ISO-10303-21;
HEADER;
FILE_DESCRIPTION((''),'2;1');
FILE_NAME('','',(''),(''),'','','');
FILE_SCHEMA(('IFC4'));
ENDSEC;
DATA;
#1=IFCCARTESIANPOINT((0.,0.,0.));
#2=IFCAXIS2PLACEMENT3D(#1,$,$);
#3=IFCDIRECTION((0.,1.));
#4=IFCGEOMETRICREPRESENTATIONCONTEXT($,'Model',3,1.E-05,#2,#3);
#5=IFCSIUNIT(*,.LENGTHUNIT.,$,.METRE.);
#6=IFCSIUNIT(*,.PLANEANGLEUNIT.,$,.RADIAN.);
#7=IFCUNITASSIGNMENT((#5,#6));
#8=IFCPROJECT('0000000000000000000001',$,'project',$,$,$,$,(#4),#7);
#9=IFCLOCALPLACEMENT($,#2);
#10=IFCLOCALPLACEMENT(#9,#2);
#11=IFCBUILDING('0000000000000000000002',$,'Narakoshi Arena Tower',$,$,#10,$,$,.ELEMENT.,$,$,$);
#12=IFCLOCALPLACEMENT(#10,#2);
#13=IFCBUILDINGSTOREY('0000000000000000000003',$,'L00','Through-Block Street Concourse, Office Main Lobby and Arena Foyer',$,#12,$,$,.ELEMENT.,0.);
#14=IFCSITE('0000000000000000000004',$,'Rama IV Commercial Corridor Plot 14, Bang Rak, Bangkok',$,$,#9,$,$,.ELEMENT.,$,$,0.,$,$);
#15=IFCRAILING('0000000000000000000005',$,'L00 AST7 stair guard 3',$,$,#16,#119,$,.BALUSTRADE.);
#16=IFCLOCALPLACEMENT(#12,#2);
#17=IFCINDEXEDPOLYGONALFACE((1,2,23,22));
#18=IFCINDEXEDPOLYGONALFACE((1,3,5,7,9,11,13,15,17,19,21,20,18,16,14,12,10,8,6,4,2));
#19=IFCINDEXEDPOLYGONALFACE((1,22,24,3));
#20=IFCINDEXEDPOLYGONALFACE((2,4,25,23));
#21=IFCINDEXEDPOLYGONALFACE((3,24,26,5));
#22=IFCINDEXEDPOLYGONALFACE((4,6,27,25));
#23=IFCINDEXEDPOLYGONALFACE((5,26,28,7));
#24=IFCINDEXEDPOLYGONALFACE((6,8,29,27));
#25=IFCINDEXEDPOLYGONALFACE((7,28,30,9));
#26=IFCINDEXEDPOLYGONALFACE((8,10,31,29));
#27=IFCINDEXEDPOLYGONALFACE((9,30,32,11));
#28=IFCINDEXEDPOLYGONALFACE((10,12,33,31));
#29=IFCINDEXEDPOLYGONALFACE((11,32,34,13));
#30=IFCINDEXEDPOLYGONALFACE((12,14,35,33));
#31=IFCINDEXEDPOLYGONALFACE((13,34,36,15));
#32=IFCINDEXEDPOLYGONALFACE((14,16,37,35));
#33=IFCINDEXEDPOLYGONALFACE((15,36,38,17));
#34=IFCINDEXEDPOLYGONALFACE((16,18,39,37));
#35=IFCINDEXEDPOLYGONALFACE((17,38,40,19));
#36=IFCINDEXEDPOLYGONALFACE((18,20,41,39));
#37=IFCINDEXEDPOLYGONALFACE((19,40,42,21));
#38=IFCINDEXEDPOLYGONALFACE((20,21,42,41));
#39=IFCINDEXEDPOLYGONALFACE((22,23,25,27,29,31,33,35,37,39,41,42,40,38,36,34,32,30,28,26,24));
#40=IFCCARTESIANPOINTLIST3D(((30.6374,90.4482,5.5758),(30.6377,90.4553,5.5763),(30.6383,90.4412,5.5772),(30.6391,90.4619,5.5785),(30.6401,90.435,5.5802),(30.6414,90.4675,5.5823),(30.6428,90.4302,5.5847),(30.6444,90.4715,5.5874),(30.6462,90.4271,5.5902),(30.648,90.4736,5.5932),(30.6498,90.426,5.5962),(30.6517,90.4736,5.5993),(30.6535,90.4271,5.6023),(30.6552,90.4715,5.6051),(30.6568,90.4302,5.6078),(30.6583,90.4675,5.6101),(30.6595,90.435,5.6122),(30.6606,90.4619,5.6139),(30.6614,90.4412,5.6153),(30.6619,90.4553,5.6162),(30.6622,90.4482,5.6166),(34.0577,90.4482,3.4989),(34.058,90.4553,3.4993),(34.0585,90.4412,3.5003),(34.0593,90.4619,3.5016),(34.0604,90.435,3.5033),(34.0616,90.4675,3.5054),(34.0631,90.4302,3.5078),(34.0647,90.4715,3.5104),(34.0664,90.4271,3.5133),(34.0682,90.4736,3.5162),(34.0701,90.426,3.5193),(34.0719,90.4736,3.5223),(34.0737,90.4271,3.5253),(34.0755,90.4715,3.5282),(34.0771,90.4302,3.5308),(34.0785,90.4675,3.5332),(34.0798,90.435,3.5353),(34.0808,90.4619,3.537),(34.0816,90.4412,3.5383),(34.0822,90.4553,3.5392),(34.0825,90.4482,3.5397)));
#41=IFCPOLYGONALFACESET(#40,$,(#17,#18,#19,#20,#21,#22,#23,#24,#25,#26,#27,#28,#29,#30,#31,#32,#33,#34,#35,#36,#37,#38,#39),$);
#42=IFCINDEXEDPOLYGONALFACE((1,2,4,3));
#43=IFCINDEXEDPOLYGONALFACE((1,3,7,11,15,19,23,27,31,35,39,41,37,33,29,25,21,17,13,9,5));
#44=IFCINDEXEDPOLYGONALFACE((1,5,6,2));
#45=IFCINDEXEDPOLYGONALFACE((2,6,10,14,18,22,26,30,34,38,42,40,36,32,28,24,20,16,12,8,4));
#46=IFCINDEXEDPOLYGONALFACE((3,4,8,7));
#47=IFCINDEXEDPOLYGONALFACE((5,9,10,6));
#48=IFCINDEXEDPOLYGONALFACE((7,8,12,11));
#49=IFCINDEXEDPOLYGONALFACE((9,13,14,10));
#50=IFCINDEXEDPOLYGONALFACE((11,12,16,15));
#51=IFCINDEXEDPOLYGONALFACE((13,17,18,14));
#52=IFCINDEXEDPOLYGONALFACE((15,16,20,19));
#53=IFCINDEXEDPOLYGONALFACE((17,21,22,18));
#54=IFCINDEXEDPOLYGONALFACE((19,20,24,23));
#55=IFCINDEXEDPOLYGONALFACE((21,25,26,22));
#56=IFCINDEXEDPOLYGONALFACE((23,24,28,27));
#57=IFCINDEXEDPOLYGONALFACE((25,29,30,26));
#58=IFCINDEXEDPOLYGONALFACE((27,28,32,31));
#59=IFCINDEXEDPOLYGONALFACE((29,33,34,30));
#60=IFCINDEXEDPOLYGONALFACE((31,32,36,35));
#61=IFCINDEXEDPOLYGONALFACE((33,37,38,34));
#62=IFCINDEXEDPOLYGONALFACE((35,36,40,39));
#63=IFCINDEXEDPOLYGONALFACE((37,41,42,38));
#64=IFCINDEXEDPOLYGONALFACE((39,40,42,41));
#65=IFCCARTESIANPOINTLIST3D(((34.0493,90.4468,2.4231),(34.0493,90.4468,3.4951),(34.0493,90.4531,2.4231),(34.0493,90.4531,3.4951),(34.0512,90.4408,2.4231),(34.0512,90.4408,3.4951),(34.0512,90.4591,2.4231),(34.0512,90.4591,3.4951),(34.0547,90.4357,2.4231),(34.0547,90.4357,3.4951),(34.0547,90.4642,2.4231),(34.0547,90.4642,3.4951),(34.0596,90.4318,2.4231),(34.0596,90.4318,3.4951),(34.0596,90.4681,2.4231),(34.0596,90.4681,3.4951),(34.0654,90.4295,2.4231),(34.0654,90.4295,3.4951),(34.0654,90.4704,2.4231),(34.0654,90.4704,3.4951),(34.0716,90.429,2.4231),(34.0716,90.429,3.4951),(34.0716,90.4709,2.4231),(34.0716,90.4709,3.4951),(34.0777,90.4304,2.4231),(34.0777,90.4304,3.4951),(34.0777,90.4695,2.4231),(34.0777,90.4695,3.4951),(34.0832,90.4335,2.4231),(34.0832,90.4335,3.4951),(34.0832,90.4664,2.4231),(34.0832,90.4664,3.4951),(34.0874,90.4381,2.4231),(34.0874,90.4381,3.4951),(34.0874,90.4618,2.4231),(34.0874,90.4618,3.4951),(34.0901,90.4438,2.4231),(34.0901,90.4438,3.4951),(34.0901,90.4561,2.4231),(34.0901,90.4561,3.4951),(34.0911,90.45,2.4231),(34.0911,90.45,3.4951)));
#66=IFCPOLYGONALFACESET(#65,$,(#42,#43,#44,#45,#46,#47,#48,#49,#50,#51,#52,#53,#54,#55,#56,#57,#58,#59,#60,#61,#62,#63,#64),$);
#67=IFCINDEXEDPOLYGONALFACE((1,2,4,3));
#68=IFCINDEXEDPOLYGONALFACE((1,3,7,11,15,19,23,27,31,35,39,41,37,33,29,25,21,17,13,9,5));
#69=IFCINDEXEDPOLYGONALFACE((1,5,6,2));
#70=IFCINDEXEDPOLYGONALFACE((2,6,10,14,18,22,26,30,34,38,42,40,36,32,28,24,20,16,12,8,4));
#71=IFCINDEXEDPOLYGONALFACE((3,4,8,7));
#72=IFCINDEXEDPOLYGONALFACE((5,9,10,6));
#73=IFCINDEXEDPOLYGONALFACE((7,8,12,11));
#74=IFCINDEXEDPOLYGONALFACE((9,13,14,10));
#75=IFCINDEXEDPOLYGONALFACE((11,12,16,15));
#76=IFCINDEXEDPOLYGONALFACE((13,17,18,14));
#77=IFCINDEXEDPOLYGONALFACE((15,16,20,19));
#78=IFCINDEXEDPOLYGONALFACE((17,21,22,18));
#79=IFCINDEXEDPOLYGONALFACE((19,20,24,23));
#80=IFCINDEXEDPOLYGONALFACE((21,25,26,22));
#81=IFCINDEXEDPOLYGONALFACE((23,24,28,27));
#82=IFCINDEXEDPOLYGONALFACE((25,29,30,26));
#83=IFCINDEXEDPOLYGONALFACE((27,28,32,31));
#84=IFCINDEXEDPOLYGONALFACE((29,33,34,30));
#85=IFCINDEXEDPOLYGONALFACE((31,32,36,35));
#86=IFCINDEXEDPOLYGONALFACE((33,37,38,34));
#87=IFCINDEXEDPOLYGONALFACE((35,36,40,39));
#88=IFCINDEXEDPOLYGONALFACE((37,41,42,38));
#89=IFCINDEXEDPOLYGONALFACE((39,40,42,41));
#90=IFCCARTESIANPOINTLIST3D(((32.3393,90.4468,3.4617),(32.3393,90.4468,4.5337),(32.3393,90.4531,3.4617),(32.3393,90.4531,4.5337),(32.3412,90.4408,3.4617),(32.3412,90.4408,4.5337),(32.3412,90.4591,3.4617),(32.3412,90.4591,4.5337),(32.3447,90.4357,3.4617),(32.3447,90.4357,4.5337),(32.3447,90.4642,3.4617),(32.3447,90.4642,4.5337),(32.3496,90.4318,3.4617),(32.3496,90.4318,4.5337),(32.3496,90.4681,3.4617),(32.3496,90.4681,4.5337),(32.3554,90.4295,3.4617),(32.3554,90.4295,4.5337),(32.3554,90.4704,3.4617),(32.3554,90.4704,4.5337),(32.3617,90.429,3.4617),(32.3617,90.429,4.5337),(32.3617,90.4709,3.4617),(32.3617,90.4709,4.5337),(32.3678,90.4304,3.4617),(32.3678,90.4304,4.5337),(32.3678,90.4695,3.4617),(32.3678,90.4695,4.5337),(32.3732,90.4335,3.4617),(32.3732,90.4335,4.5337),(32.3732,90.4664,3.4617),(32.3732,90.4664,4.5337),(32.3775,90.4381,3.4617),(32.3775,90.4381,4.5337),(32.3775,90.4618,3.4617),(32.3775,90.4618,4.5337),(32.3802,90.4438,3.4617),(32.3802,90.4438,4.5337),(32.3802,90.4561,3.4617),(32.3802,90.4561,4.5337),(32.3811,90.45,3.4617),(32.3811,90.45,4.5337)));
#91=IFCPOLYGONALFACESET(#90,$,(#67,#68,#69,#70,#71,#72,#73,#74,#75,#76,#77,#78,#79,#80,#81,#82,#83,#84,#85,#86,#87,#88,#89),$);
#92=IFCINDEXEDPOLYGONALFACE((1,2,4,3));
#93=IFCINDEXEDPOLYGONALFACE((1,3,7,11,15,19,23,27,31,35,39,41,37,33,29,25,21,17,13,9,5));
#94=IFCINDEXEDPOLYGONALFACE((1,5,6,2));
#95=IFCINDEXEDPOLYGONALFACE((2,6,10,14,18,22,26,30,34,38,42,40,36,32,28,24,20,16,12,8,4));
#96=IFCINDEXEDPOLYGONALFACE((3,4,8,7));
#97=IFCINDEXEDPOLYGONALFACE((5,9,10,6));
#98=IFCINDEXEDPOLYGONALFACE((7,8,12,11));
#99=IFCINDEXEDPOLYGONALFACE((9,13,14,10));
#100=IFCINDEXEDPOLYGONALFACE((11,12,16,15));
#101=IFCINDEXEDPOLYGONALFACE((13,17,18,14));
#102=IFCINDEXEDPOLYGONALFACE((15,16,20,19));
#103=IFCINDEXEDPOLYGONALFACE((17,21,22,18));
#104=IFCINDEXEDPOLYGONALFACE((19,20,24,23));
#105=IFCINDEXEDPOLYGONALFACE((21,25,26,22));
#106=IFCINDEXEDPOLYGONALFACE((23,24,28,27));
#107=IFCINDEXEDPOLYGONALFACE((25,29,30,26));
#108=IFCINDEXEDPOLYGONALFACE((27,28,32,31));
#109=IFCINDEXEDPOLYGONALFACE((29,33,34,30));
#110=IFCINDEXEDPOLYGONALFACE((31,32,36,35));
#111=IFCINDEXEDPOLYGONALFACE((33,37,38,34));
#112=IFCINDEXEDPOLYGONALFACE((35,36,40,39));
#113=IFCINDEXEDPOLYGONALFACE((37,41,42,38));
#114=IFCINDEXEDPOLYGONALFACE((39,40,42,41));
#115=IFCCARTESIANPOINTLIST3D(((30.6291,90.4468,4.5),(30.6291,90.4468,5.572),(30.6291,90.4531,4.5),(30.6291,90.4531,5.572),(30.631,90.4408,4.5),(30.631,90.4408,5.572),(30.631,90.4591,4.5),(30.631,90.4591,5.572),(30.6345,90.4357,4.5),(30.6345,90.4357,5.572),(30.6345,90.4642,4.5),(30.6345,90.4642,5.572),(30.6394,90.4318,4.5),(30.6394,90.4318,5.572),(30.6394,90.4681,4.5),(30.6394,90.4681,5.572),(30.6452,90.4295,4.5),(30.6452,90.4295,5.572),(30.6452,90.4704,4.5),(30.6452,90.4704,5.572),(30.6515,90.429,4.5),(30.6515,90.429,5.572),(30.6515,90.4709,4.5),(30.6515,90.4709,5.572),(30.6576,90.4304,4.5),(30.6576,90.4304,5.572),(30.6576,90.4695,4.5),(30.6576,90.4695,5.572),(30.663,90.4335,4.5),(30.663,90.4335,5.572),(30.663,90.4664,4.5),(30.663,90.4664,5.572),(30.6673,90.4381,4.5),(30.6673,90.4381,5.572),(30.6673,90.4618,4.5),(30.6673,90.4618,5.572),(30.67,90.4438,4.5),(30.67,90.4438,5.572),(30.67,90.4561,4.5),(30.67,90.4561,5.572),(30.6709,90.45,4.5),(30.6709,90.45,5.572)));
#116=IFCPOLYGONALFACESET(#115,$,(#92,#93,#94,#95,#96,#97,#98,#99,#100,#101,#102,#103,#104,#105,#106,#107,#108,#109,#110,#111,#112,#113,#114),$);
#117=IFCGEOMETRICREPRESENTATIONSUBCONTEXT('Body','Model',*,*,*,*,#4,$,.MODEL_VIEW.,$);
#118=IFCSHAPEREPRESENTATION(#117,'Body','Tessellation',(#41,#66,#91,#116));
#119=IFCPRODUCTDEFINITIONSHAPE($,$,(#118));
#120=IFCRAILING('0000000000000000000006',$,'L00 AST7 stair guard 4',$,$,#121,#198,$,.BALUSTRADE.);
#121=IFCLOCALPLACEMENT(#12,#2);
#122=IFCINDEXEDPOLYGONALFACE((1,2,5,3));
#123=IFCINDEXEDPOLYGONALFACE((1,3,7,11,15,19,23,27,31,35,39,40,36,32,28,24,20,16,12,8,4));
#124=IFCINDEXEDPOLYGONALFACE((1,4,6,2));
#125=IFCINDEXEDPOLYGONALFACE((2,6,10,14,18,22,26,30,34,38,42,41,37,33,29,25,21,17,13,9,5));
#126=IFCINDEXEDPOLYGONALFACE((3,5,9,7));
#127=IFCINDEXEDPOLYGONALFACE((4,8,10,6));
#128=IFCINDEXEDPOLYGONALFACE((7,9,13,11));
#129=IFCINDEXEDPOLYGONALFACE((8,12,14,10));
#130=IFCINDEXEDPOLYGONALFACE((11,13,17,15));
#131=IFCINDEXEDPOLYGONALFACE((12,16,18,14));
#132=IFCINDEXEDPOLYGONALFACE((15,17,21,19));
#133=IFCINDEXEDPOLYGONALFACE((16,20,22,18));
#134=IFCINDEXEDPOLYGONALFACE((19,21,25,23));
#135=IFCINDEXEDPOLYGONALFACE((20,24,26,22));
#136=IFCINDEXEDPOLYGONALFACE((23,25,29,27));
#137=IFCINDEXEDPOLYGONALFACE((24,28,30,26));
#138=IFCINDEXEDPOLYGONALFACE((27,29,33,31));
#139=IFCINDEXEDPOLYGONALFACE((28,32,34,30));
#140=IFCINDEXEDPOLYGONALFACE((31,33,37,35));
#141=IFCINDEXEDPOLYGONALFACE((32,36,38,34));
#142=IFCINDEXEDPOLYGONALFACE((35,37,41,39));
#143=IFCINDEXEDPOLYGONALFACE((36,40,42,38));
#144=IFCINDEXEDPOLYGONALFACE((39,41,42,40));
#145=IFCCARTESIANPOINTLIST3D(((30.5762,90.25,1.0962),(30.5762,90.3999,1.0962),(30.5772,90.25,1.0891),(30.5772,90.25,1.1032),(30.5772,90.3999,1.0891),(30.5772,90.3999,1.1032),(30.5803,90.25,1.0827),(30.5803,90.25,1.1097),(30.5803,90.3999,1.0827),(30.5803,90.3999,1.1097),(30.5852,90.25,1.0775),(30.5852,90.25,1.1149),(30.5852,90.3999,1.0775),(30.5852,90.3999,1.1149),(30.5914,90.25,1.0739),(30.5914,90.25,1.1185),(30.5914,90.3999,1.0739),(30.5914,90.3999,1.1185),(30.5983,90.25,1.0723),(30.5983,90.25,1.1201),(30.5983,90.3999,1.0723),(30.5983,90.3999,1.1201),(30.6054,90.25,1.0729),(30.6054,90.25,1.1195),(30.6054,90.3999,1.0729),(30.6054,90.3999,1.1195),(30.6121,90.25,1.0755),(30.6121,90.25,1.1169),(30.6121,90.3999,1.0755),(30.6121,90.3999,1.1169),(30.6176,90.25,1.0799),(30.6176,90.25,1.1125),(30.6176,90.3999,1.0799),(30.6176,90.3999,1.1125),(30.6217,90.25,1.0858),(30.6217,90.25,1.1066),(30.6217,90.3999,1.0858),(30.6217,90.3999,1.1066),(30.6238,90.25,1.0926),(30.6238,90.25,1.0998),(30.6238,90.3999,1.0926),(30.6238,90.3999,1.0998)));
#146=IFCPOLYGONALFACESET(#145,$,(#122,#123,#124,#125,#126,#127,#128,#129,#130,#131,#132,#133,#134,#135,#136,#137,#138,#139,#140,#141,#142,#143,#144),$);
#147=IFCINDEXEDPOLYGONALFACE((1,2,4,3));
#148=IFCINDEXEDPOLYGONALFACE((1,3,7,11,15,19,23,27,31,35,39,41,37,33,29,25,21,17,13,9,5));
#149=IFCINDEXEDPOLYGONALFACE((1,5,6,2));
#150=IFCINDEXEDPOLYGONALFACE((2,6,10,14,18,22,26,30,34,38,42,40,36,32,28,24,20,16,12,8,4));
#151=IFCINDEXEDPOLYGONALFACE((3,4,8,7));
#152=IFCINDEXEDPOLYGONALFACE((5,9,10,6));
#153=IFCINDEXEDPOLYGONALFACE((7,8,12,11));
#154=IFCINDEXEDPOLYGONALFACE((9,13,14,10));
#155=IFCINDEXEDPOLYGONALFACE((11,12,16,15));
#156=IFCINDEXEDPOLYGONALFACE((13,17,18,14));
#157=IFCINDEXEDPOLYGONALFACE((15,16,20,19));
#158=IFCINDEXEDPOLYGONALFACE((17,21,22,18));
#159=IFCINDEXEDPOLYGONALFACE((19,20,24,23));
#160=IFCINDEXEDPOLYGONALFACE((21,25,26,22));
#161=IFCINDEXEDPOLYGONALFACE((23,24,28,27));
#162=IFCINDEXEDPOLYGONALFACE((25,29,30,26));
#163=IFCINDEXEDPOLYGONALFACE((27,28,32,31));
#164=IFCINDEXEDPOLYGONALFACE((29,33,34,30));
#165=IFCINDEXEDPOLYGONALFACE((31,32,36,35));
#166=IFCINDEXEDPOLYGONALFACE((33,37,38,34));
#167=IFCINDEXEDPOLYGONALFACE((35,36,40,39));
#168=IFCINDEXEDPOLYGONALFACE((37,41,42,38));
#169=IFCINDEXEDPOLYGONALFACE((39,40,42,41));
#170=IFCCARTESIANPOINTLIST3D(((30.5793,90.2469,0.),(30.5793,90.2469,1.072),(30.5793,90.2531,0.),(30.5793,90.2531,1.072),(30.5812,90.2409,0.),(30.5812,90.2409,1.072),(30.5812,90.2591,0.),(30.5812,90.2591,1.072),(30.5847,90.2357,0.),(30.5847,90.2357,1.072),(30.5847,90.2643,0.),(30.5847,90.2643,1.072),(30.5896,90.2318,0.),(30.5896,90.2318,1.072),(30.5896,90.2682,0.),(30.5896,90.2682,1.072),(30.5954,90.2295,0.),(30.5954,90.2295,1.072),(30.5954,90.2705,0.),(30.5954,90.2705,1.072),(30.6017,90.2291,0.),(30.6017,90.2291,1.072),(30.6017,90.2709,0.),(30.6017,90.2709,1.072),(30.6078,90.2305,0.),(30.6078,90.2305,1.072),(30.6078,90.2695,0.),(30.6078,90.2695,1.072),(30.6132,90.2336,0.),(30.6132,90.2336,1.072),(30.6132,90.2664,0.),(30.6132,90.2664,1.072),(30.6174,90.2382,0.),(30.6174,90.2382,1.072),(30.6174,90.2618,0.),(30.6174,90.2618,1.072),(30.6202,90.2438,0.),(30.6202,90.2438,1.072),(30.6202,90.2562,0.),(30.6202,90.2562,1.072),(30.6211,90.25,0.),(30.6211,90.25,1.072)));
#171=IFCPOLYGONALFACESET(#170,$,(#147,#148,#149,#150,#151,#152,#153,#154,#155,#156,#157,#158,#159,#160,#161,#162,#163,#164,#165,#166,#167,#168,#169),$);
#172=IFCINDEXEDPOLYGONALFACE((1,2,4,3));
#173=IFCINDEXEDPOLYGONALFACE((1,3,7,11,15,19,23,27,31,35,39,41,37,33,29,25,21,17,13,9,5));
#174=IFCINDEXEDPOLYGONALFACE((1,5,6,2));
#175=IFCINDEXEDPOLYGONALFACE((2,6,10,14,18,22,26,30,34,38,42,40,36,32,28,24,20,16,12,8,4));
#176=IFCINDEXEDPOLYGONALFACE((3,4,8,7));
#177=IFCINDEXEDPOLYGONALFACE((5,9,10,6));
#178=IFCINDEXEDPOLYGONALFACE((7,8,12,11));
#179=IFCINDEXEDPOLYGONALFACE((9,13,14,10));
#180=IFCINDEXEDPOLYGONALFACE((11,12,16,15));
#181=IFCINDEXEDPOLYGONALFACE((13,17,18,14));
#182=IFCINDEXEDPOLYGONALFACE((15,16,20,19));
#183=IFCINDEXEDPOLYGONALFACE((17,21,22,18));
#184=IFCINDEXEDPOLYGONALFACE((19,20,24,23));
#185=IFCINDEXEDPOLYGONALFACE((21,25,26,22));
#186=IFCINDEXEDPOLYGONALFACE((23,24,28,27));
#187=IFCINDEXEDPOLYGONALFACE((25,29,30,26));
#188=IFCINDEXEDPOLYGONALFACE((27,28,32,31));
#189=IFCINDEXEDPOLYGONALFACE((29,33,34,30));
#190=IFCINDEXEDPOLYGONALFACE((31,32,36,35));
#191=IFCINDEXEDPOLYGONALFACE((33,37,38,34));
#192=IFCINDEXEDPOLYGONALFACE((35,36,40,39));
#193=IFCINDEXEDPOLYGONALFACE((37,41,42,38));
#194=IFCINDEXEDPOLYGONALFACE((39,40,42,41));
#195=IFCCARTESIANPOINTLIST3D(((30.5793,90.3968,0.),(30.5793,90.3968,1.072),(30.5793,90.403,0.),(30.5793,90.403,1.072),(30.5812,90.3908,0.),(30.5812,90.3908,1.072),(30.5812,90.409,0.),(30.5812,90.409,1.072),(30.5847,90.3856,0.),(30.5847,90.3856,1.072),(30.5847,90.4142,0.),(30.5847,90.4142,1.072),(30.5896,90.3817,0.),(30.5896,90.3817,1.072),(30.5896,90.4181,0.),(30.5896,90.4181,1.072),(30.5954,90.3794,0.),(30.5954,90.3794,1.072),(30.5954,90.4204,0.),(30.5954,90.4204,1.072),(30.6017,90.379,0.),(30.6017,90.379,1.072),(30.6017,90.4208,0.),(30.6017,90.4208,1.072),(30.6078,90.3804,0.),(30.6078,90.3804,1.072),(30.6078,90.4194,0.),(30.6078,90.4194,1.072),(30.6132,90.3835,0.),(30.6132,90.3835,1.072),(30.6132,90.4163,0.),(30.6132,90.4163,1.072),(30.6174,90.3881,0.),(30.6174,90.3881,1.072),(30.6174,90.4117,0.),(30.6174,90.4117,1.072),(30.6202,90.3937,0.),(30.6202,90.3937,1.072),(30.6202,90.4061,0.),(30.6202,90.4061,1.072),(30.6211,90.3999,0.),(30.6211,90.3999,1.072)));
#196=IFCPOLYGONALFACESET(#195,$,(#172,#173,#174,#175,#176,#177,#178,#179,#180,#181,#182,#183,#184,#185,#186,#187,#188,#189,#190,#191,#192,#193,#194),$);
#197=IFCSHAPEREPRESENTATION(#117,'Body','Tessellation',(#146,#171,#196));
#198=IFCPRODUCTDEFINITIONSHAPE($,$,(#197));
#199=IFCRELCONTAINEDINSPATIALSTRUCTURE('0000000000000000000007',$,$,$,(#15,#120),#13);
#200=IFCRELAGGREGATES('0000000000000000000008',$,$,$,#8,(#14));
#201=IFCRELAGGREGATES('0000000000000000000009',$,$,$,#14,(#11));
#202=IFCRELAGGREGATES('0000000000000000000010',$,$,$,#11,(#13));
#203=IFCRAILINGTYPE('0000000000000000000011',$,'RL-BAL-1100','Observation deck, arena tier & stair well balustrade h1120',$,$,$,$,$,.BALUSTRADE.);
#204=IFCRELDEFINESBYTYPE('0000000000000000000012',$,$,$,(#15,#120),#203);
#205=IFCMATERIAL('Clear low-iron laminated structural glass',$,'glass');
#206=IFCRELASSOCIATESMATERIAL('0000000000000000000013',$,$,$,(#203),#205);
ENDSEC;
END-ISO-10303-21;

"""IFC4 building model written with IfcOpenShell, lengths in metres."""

from ifc_helpers import new_model, si_unit, direction, frame, origin, origin_2d, place, context, subcontext, project, spatial, circle, extrude, material, type_object, element, save


model = new_model("IFC4")

# Units and contexts
model_context = context("Model", 3, precision=1e-05, world=origin(), true_north=direction((0.0, 1.0)))
body_context = subcontext(model_context, "Body", "Model", "MODEL_VIEW")
ifc_project = project(units=[si_unit("LENGTHUNIT", "METRE"), si_unit("PLANEANGLEUNIT", "RADIAN")], contexts=[model_context])

# Site, building, storey
site_placement = place(None, origin())
site = spatial("IfcSite", under=ifc_project, at=site_placement, Name="Rama IV Commercial Corridor Plot 14, Bang Rak, Bangkok", CompositionType="ELEMENT", RefElevation=0.0)
building_placement = place(site_placement, origin())
building = spatial("IfcBuilding", under=site, at=building_placement, Name="Narakoshi Arena Tower", CompositionType="ELEMENT")
storey_placement = place(building_placement, origin())
storey = spatial("IfcBuildingStorey", under=building, at=storey_placement, Name="L00", Description="Through-Block Street Concourse, Office Main Lobby and Arena Foyer", CompositionType="ELEMENT", Elevation=0.0)

# Railings
ifc_material_1 = material(Name="Clear low-iron laminated structural glass", Category="glass")
railing_type_1 = type_object("IfcRailingType", Name="RL-BAL-1100", Description="Observation deck, arena tier & stair well balustrade h1120", PredefinedType="BALUSTRADE", material=ifc_material_1)
railing_1_placement = place(storey_placement, frame((34.0701, 90.45, 2.4231)))
element("IfcRailing", 1, at=railing_1_placement, inside=storey, type_object=railing_type_1, Name="L00 AST7 stair guard 3", PredefinedType="BALUSTRADE", context=body_context, shape_type="SweptSolid", body=[
    extrude(circle(Radius=0.0239, at=origin_2d()), frame((0.0, 0.0, 1.0962), z_axis=(-0.854746, 0.0, 0.519047), x_axis=(0.0, -1.0, 0.0)), (0.0, 0.0, 1.0), 4.0015),
    extrude(circle(Radius=0.021, at=origin_2d()), origin(), (0.0, 0.0, 1.0), 1.072),
    extrude(circle(Radius=0.021, at=origin_2d()), frame((-1.71, 0.0, 1.0386)), (0.0, 0.0, 1.0), 1.072),
    extrude(circle(Radius=0.021, at=origin_2d()), frame((-3.4202, 0.0, 2.0769)), (0.0, 0.0, 1.0), 1.072),
])
for number, where, name in (
    (2, (30.6001, 90.25, 0.0), "L00 AST7 stair guard 4"),
):
    element("IfcRailing", number, at=place(storey_placement, frame(where)), inside=storey, type_object=railing_type_1, Name=name, PredefinedType="BALUSTRADE", context=body_context, shape_type="SweptSolid", body=[
        extrude(circle(Radius=0.0239, at=origin_2d()), frame((0.0, 0.0, 1.0962), z_axis=(0.0, 1.0, 0.0), x_axis=(-1.0, 0.0, 0.0)), (0.0, 0.0, 1.0), 0.1499),
        extrude(circle(Radius=0.021, at=origin_2d()), origin(), (0.0, 0.0, 1.0), 1.072),
        extrude(circle(Radius=0.021, at=origin_2d()), frame((0.0, 0.1499, 0.0)), (0.0, 0.0, 1.0), 1.072),
    ])

save(model, "model.ifc")
